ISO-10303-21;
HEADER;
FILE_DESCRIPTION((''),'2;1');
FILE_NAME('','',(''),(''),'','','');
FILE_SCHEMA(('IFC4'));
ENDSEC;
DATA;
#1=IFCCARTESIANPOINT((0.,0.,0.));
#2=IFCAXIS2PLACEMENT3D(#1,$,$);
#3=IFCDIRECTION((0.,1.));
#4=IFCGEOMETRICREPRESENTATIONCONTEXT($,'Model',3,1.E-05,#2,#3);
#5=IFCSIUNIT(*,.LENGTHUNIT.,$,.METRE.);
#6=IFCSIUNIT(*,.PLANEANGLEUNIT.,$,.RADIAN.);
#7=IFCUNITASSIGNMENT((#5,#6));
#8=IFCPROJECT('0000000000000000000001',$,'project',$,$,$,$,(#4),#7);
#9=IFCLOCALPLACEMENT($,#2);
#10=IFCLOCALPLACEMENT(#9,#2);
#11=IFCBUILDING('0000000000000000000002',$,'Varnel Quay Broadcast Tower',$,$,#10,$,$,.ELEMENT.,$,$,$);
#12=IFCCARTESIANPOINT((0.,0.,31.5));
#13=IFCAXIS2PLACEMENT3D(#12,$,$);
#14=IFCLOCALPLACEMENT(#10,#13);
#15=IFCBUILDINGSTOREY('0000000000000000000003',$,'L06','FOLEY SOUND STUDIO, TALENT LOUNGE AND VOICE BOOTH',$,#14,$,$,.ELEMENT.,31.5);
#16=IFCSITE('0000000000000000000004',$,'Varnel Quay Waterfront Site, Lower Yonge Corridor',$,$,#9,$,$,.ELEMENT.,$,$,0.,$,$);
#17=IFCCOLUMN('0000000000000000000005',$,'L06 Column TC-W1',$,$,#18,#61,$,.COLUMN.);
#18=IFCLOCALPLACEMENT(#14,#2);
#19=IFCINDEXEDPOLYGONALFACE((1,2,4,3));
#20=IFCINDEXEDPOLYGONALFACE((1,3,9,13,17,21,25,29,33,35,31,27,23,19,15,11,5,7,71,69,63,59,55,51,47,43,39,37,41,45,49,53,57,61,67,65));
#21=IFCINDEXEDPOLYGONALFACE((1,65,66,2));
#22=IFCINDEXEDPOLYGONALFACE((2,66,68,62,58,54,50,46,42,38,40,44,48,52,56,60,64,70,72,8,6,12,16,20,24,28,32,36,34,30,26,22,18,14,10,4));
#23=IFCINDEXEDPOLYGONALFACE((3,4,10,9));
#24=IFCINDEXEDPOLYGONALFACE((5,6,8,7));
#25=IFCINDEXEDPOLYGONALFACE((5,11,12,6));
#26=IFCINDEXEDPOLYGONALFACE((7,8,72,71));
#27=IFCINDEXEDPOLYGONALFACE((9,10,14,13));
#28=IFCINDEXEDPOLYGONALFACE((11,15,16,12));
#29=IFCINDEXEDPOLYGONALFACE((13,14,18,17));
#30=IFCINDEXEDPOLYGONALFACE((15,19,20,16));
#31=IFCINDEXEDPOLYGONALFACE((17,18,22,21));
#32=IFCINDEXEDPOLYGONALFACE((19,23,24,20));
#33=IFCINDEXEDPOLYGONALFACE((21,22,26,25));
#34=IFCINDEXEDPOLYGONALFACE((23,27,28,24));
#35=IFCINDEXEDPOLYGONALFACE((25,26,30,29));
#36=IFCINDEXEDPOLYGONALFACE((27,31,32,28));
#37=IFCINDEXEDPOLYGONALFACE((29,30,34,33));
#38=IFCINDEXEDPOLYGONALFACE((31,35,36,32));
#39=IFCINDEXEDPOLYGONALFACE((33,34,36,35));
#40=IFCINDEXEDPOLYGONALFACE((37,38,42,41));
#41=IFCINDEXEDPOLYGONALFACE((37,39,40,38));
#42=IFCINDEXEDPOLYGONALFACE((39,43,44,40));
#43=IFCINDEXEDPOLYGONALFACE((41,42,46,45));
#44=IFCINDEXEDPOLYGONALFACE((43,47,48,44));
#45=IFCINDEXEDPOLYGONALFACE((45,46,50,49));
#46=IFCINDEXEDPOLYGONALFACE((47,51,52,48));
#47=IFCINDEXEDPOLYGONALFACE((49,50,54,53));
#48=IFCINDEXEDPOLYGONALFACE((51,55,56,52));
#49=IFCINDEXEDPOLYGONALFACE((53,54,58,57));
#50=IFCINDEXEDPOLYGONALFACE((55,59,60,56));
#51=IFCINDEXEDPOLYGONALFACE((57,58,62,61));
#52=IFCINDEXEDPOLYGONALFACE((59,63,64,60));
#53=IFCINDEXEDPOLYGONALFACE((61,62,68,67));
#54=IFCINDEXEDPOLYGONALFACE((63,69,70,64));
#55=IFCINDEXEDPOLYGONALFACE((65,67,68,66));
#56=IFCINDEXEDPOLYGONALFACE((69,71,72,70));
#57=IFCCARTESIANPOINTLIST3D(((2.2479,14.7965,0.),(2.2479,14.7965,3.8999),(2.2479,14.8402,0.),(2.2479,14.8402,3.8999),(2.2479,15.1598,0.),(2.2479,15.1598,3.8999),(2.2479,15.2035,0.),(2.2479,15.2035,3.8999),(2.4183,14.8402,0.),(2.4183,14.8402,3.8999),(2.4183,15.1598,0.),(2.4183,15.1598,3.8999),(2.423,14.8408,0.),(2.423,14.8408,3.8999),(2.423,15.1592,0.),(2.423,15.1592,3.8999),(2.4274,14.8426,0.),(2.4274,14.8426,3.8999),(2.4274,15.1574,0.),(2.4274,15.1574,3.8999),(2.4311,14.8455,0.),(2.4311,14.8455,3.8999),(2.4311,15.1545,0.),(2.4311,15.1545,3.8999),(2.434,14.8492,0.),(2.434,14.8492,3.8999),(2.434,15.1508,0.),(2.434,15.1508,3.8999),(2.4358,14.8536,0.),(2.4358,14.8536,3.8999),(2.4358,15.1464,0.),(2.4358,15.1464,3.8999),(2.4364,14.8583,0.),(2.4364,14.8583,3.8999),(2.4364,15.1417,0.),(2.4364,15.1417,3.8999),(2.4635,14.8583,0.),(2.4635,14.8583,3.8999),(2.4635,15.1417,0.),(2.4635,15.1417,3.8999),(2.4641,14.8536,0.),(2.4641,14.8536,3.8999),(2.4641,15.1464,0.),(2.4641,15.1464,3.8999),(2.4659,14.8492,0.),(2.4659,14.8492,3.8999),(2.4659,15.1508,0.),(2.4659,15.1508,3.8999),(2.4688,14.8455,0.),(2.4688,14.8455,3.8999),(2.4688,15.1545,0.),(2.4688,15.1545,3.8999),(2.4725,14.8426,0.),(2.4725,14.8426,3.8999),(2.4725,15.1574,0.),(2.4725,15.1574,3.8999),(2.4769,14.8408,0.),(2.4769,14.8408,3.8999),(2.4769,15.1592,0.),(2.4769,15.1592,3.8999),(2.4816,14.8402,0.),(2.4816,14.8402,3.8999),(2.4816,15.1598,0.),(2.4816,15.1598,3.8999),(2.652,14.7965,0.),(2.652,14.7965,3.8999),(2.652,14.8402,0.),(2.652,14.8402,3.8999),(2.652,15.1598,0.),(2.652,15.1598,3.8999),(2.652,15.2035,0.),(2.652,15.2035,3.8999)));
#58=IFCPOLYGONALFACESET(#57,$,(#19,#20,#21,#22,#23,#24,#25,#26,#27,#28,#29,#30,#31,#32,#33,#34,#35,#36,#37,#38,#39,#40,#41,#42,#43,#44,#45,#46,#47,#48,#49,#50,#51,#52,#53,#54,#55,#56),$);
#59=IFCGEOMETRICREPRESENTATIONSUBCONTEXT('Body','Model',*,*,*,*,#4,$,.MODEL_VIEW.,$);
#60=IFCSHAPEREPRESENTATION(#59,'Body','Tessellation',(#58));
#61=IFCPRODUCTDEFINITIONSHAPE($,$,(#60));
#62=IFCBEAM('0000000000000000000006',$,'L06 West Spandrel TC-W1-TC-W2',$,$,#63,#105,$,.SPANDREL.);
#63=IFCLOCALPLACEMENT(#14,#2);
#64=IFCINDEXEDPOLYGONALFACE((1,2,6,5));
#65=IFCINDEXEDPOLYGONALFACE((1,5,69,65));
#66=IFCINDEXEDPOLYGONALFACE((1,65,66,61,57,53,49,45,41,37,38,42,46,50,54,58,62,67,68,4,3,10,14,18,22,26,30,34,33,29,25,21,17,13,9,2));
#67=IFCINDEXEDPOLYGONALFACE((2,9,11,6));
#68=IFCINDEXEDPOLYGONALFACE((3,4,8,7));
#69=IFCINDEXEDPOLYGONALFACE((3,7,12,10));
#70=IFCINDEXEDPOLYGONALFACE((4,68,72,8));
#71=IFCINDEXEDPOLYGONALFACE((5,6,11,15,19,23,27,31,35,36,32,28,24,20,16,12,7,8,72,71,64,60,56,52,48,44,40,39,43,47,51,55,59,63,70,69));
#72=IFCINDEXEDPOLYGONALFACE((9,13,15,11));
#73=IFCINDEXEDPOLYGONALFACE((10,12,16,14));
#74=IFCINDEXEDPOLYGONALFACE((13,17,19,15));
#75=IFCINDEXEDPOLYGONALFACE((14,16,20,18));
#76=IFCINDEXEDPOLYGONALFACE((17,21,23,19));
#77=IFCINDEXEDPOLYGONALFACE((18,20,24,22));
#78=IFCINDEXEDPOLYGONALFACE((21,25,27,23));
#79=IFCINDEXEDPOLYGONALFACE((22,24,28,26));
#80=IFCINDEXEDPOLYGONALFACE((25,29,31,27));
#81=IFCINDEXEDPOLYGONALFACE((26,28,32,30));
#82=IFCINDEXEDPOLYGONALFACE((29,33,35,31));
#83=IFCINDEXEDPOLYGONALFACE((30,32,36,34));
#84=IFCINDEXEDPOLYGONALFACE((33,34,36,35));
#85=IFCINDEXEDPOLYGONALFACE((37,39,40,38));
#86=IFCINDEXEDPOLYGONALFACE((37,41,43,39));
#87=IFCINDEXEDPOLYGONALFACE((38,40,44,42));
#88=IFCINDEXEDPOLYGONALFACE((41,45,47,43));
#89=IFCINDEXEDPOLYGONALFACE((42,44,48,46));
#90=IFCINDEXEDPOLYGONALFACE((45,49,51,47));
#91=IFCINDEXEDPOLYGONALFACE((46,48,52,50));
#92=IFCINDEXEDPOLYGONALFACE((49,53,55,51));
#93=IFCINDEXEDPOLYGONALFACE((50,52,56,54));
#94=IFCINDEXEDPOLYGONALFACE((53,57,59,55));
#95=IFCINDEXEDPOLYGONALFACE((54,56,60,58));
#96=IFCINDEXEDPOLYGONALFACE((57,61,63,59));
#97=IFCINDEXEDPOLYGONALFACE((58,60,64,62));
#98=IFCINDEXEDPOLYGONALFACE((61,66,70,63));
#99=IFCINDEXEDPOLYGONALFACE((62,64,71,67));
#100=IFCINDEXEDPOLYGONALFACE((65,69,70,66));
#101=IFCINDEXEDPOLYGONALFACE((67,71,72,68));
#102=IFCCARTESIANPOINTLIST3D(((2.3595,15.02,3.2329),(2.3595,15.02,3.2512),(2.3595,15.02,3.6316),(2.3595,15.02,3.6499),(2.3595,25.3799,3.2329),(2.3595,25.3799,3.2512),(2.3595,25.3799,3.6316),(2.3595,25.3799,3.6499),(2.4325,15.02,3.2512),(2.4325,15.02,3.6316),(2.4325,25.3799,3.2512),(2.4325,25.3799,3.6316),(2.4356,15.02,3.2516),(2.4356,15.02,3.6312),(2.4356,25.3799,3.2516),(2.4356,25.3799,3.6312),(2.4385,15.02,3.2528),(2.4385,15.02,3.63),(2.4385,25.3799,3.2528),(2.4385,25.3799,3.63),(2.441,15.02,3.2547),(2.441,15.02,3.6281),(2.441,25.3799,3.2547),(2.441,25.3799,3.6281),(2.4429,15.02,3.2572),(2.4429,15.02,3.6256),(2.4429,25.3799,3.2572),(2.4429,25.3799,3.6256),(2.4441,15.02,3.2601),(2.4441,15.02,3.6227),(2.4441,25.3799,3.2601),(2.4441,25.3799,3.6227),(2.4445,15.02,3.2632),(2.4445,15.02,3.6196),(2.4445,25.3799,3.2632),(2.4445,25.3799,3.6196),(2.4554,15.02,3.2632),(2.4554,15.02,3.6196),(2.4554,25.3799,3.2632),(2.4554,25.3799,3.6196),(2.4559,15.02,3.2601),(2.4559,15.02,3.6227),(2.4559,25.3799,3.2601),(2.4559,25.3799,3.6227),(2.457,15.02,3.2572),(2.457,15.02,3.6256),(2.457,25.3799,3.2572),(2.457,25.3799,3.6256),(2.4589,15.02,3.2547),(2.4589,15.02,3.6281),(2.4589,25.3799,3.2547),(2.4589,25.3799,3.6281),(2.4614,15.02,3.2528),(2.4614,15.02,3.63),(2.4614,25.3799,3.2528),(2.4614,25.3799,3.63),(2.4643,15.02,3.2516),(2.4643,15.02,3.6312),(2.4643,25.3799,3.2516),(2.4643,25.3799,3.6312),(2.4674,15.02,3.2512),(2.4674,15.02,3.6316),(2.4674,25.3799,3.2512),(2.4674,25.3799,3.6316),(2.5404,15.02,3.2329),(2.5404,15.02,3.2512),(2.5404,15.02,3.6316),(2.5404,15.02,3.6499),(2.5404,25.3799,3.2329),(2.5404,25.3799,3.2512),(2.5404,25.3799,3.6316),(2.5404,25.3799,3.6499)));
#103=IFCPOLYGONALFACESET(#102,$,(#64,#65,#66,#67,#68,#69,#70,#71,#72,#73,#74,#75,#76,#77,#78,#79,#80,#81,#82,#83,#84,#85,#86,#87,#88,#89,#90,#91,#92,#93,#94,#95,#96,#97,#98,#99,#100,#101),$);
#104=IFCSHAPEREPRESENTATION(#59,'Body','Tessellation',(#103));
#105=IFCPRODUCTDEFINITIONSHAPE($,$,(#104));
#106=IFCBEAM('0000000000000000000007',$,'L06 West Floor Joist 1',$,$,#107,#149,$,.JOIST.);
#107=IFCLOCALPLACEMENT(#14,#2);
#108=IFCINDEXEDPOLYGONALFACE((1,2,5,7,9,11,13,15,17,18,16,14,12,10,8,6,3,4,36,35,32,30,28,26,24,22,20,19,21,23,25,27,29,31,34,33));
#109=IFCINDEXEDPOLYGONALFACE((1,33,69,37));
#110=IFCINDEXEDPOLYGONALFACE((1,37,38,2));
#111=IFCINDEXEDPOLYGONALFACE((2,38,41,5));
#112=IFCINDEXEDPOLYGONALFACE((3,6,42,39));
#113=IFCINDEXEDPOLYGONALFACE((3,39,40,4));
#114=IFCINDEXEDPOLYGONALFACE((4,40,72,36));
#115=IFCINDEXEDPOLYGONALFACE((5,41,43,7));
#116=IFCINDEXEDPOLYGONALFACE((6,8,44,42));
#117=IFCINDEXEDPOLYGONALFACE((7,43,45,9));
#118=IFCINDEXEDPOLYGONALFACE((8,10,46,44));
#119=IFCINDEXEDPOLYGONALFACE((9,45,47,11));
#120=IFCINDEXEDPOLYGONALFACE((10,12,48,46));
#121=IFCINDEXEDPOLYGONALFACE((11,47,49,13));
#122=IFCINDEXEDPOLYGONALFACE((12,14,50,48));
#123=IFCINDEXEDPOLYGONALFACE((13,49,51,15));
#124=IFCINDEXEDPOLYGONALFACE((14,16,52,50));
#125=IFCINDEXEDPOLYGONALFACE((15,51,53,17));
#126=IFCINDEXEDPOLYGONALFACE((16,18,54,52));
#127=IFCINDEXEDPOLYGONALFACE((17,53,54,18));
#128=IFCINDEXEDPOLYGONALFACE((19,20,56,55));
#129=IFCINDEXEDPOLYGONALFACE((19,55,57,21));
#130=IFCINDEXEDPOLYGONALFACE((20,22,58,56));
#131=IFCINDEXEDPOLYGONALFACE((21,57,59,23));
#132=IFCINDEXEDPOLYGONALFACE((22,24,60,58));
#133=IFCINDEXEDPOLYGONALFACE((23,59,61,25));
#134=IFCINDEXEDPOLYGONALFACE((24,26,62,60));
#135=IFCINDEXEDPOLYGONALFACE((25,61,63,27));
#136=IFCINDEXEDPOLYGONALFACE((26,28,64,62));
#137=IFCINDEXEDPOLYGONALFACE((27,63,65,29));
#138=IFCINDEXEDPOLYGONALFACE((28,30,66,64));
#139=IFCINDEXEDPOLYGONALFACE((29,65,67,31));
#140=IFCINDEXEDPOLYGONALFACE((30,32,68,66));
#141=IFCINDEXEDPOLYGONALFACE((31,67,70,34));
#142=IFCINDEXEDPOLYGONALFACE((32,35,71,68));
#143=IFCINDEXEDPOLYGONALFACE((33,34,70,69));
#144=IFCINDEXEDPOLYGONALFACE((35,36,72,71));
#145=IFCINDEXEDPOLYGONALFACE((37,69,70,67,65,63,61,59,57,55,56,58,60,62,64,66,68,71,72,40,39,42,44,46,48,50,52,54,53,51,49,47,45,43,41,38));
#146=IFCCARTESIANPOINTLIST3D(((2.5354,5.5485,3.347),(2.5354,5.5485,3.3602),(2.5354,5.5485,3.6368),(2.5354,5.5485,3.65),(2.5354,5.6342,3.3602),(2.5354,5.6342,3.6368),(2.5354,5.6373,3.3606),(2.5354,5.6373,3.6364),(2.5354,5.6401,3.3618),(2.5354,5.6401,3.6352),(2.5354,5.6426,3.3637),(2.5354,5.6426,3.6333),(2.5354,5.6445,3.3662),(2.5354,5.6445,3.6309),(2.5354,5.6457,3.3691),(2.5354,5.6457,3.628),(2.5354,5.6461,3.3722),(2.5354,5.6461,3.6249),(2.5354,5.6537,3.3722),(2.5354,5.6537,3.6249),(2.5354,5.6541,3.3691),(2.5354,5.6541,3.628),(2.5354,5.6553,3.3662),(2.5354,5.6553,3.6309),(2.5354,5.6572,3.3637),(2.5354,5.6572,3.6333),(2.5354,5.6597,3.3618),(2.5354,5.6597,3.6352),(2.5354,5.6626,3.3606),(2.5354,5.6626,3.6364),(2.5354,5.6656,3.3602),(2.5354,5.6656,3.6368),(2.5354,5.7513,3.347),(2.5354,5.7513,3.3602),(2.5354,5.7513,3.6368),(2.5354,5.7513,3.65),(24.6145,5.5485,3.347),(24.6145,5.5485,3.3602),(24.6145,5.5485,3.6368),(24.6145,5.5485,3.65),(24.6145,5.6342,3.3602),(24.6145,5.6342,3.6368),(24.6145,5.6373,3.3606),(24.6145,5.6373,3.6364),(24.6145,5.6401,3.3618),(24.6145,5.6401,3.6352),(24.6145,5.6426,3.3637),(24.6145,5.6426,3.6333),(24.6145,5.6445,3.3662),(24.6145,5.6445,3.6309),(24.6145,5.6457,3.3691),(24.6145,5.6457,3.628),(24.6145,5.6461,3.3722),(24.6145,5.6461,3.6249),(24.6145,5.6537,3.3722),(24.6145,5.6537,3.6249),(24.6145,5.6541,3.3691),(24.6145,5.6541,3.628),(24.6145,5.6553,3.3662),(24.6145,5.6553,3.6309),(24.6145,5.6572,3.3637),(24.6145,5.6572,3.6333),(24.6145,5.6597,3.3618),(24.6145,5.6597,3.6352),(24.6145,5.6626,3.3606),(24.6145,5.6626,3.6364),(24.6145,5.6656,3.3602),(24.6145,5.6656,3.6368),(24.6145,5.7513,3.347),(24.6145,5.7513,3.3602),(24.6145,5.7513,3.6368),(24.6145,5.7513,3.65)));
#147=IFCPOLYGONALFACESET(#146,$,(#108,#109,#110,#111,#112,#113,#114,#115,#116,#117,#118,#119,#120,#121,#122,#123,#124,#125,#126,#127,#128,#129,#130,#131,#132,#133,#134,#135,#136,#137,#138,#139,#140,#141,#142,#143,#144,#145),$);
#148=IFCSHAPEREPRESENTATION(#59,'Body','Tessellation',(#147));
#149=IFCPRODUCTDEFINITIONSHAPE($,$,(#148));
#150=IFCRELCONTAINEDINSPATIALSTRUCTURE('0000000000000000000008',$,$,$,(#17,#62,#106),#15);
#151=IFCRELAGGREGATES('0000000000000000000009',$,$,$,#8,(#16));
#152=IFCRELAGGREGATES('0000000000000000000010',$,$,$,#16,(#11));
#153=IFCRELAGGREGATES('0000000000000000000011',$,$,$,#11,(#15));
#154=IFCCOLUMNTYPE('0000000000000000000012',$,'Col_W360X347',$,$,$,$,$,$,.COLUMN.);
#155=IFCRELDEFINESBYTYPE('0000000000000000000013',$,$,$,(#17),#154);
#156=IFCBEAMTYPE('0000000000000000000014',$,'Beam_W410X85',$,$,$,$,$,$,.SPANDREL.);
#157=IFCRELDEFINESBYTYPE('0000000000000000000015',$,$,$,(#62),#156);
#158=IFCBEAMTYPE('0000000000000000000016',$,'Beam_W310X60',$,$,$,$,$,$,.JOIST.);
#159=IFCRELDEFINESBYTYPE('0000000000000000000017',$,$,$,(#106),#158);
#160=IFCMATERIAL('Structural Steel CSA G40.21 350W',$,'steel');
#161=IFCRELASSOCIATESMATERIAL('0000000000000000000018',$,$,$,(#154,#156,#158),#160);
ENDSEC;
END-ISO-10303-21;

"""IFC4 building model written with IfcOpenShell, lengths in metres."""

from ifc_helpers import new_model, si_unit, direction, frame, origin, origin_2d, place, context, subcontext, project, spatial, i_section, extrude, source, transform, mapped, material, material_profile, profile_set, type_object, type_shapes, element, save


model = new_model("IFC4")

# Units and contexts
model_context = context("Model", 3, precision=1e-05, world=origin(), true_north=direction((0.0, 1.0)))
body_context = subcontext(model_context, "Body", "Model", "MODEL_VIEW")
ifc_project = project(units=[si_unit("LENGTHUNIT", "METRE"), si_unit("PLANEANGLEUNIT", "RADIAN")], contexts=[model_context])

# Site, building, storey
site_placement = place(None, origin())
site = spatial("IfcSite", under=ifc_project, at=site_placement, Name="Varnel Quay Waterfront Site, Lower Yonge Corridor", CompositionType="ELEMENT", RefElevation=0.0)
building_placement = place(site_placement, origin())
building = spatial("IfcBuilding", under=site, at=building_placement, Name="Varnel Quay Broadcast Tower", CompositionType="ELEMENT")
storey_placement = place(building_placement, frame((0.0, 0.0, 31.5)))
storey = spatial("IfcBuildingStorey", under=building, at=storey_placement, Name="L06", Description="FOLEY SOUND STUDIO, TALENT LOUNGE AND VOICE BOOTH", CompositionType="ELEMENT", Elevation=31.5)

# Column
ifc_material_1 = material(Name="Structural Steel CSA G40.21 350W", Category="steel")
ifc_material_profile_1 = material_profile(ifc_material_1, i_section(OverallWidth=0.4041, OverallDepth=0.407, WebThickness=0.0271, FlangeThickness=0.0437, FilletRadius=0.0181, at=origin_2d()), Name="W360X347")
ifc_profile_set_1 = profile_set([ifc_material_profile_1], Name="Structural Steel CSA G40.21 350W")
column_type = type_object("IfcColumnType", Name="Col_W360X347", PredefinedType="COLUMN", material=ifc_profile_set_1)
shared_shape_1 = source(origin(), body_context, "Body", "SweptSolid", [
    extrude(i_section(OverallWidth=0.4041, OverallDepth=0.407, WebThickness=0.0271, FlangeThickness=0.0437, FilletRadius=0.0181, at=origin_2d()), origin(), (0.0, 0.0, 1.0), 3.8999),
])
type_shapes(column_type, [shared_shape_1])
column_placement = place(storey_placement, frame((2.45, 15.0, 0.0), z_axis=(0.0, 0.0, 1.0), x_axis=(1.0, 0.0, 0.0)))
element("IfcColumn", 1, at=column_placement, inside=storey, type_object=column_type, Name="L06 Column TC-W1", PredefinedType="COLUMN", context=body_context, shape_type="MappedRepresentation", body=[
    mapped(shared_shape_1, transform((0.0, 0.0, 0.0), x_axis=(1.0, 0.0, 0.0), y_axis=(0.0, 1.0, 0.0), z_axis=(0.0, 0.0, 1.0), scale=1.0)),
])

# Beams
ifc_material_profile_2 = material_profile(ifc_material_1, i_section(OverallWidth=0.1809, OverallDepth=0.417, WebThickness=0.011, FlangeThickness=0.0183, FilletRadius=0.012, at=origin_2d()), Name="W410X85")
ifc_profile_set_2 = profile_set([ifc_material_profile_2], Name="Structural Steel CSA G40.21 350W")
beam_type_1 = type_object("IfcBeamType", Name="Beam_W410X85", PredefinedType="SPANDREL", material=ifc_profile_set_2)
shared_shape_2 = source(origin(), body_context, "Body", "SweptSolid", [
    extrude(i_section(OverallWidth=0.1809, OverallDepth=0.417, WebThickness=0.011, FlangeThickness=0.0183, FilletRadius=0.012, at=origin_2d()), origin(), (0.0, 0.0, 1.0), 10.3599),
])
type_shapes(beam_type_1, [shared_shape_2])
beam_1_placement = place(storey_placement, frame((2.45, 15.02, 3.4414), z_axis=(0.0, 1.0, 0.0), x_axis=(-1.0, 0.0, 0.0)))
element("IfcBeam", 2, at=beam_1_placement, inside=storey, type_object=beam_type_1, Name="L06 West Spandrel TC-W1-TC-W2", PredefinedType="SPANDREL", context=body_context, shape_type="MappedRepresentation", body=[
    mapped(shared_shape_2, transform((0.0, 0.0, 0.0), x_axis=(1.0, 0.0, 0.0), y_axis=(0.0, 1.0, 0.0), z_axis=(0.0, 0.0, 1.0), scale=1.0)),
])
ifc_material_profile_3 = material_profile(ifc_material_1, i_section(OverallWidth=0.2029, OverallDepth=0.303, WebThickness=0.0076, FlangeThickness=0.0132, FilletRadius=0.012, at=origin_2d()), Name="W310X60")
ifc_profile_set_3 = profile_set([ifc_material_profile_3], Name="Structural Steel CSA G40.21 350W")
beam_type_2 = type_object("IfcBeamType", Name="Beam_W310X60", PredefinedType="JOIST", material=ifc_profile_set_3)
shared_shape_3 = source(origin(), body_context, "Body", "SweptSolid", [
    extrude(i_section(OverallWidth=0.2029, OverallDepth=0.303, WebThickness=0.0076, FlangeThickness=0.0132, FilletRadius=0.012, at=origin_2d()), origin(), (0.0, 0.0, 1.0), 22.0791),
])
type_shapes(beam_type_2, [shared_shape_3])
for number, where, z_axis, x_axis, name in (
    (3, (2.5354, 5.6499, 3.4985), (1.0, 0.0, 0.0), (0.0, 1.0, 0.0), "L06 West Floor Joist 1"),
):
    element("IfcBeam", number, at=place(storey_placement, frame(where, z_axis=z_axis, x_axis=x_axis)), inside=storey, type_object=beam_type_2, Name=name, PredefinedType="JOIST", context=body_context, shape_type="MappedRepresentation", body=[
        mapped(shared_shape_3, transform((0.0, 0.0, 0.0), x_axis=(1.0, 0.0, 0.0), y_axis=(0.0, 1.0, 0.0), z_axis=(0.0, 0.0, 1.0), scale=1.0)),
    ])

save(model, "model.ifc")
